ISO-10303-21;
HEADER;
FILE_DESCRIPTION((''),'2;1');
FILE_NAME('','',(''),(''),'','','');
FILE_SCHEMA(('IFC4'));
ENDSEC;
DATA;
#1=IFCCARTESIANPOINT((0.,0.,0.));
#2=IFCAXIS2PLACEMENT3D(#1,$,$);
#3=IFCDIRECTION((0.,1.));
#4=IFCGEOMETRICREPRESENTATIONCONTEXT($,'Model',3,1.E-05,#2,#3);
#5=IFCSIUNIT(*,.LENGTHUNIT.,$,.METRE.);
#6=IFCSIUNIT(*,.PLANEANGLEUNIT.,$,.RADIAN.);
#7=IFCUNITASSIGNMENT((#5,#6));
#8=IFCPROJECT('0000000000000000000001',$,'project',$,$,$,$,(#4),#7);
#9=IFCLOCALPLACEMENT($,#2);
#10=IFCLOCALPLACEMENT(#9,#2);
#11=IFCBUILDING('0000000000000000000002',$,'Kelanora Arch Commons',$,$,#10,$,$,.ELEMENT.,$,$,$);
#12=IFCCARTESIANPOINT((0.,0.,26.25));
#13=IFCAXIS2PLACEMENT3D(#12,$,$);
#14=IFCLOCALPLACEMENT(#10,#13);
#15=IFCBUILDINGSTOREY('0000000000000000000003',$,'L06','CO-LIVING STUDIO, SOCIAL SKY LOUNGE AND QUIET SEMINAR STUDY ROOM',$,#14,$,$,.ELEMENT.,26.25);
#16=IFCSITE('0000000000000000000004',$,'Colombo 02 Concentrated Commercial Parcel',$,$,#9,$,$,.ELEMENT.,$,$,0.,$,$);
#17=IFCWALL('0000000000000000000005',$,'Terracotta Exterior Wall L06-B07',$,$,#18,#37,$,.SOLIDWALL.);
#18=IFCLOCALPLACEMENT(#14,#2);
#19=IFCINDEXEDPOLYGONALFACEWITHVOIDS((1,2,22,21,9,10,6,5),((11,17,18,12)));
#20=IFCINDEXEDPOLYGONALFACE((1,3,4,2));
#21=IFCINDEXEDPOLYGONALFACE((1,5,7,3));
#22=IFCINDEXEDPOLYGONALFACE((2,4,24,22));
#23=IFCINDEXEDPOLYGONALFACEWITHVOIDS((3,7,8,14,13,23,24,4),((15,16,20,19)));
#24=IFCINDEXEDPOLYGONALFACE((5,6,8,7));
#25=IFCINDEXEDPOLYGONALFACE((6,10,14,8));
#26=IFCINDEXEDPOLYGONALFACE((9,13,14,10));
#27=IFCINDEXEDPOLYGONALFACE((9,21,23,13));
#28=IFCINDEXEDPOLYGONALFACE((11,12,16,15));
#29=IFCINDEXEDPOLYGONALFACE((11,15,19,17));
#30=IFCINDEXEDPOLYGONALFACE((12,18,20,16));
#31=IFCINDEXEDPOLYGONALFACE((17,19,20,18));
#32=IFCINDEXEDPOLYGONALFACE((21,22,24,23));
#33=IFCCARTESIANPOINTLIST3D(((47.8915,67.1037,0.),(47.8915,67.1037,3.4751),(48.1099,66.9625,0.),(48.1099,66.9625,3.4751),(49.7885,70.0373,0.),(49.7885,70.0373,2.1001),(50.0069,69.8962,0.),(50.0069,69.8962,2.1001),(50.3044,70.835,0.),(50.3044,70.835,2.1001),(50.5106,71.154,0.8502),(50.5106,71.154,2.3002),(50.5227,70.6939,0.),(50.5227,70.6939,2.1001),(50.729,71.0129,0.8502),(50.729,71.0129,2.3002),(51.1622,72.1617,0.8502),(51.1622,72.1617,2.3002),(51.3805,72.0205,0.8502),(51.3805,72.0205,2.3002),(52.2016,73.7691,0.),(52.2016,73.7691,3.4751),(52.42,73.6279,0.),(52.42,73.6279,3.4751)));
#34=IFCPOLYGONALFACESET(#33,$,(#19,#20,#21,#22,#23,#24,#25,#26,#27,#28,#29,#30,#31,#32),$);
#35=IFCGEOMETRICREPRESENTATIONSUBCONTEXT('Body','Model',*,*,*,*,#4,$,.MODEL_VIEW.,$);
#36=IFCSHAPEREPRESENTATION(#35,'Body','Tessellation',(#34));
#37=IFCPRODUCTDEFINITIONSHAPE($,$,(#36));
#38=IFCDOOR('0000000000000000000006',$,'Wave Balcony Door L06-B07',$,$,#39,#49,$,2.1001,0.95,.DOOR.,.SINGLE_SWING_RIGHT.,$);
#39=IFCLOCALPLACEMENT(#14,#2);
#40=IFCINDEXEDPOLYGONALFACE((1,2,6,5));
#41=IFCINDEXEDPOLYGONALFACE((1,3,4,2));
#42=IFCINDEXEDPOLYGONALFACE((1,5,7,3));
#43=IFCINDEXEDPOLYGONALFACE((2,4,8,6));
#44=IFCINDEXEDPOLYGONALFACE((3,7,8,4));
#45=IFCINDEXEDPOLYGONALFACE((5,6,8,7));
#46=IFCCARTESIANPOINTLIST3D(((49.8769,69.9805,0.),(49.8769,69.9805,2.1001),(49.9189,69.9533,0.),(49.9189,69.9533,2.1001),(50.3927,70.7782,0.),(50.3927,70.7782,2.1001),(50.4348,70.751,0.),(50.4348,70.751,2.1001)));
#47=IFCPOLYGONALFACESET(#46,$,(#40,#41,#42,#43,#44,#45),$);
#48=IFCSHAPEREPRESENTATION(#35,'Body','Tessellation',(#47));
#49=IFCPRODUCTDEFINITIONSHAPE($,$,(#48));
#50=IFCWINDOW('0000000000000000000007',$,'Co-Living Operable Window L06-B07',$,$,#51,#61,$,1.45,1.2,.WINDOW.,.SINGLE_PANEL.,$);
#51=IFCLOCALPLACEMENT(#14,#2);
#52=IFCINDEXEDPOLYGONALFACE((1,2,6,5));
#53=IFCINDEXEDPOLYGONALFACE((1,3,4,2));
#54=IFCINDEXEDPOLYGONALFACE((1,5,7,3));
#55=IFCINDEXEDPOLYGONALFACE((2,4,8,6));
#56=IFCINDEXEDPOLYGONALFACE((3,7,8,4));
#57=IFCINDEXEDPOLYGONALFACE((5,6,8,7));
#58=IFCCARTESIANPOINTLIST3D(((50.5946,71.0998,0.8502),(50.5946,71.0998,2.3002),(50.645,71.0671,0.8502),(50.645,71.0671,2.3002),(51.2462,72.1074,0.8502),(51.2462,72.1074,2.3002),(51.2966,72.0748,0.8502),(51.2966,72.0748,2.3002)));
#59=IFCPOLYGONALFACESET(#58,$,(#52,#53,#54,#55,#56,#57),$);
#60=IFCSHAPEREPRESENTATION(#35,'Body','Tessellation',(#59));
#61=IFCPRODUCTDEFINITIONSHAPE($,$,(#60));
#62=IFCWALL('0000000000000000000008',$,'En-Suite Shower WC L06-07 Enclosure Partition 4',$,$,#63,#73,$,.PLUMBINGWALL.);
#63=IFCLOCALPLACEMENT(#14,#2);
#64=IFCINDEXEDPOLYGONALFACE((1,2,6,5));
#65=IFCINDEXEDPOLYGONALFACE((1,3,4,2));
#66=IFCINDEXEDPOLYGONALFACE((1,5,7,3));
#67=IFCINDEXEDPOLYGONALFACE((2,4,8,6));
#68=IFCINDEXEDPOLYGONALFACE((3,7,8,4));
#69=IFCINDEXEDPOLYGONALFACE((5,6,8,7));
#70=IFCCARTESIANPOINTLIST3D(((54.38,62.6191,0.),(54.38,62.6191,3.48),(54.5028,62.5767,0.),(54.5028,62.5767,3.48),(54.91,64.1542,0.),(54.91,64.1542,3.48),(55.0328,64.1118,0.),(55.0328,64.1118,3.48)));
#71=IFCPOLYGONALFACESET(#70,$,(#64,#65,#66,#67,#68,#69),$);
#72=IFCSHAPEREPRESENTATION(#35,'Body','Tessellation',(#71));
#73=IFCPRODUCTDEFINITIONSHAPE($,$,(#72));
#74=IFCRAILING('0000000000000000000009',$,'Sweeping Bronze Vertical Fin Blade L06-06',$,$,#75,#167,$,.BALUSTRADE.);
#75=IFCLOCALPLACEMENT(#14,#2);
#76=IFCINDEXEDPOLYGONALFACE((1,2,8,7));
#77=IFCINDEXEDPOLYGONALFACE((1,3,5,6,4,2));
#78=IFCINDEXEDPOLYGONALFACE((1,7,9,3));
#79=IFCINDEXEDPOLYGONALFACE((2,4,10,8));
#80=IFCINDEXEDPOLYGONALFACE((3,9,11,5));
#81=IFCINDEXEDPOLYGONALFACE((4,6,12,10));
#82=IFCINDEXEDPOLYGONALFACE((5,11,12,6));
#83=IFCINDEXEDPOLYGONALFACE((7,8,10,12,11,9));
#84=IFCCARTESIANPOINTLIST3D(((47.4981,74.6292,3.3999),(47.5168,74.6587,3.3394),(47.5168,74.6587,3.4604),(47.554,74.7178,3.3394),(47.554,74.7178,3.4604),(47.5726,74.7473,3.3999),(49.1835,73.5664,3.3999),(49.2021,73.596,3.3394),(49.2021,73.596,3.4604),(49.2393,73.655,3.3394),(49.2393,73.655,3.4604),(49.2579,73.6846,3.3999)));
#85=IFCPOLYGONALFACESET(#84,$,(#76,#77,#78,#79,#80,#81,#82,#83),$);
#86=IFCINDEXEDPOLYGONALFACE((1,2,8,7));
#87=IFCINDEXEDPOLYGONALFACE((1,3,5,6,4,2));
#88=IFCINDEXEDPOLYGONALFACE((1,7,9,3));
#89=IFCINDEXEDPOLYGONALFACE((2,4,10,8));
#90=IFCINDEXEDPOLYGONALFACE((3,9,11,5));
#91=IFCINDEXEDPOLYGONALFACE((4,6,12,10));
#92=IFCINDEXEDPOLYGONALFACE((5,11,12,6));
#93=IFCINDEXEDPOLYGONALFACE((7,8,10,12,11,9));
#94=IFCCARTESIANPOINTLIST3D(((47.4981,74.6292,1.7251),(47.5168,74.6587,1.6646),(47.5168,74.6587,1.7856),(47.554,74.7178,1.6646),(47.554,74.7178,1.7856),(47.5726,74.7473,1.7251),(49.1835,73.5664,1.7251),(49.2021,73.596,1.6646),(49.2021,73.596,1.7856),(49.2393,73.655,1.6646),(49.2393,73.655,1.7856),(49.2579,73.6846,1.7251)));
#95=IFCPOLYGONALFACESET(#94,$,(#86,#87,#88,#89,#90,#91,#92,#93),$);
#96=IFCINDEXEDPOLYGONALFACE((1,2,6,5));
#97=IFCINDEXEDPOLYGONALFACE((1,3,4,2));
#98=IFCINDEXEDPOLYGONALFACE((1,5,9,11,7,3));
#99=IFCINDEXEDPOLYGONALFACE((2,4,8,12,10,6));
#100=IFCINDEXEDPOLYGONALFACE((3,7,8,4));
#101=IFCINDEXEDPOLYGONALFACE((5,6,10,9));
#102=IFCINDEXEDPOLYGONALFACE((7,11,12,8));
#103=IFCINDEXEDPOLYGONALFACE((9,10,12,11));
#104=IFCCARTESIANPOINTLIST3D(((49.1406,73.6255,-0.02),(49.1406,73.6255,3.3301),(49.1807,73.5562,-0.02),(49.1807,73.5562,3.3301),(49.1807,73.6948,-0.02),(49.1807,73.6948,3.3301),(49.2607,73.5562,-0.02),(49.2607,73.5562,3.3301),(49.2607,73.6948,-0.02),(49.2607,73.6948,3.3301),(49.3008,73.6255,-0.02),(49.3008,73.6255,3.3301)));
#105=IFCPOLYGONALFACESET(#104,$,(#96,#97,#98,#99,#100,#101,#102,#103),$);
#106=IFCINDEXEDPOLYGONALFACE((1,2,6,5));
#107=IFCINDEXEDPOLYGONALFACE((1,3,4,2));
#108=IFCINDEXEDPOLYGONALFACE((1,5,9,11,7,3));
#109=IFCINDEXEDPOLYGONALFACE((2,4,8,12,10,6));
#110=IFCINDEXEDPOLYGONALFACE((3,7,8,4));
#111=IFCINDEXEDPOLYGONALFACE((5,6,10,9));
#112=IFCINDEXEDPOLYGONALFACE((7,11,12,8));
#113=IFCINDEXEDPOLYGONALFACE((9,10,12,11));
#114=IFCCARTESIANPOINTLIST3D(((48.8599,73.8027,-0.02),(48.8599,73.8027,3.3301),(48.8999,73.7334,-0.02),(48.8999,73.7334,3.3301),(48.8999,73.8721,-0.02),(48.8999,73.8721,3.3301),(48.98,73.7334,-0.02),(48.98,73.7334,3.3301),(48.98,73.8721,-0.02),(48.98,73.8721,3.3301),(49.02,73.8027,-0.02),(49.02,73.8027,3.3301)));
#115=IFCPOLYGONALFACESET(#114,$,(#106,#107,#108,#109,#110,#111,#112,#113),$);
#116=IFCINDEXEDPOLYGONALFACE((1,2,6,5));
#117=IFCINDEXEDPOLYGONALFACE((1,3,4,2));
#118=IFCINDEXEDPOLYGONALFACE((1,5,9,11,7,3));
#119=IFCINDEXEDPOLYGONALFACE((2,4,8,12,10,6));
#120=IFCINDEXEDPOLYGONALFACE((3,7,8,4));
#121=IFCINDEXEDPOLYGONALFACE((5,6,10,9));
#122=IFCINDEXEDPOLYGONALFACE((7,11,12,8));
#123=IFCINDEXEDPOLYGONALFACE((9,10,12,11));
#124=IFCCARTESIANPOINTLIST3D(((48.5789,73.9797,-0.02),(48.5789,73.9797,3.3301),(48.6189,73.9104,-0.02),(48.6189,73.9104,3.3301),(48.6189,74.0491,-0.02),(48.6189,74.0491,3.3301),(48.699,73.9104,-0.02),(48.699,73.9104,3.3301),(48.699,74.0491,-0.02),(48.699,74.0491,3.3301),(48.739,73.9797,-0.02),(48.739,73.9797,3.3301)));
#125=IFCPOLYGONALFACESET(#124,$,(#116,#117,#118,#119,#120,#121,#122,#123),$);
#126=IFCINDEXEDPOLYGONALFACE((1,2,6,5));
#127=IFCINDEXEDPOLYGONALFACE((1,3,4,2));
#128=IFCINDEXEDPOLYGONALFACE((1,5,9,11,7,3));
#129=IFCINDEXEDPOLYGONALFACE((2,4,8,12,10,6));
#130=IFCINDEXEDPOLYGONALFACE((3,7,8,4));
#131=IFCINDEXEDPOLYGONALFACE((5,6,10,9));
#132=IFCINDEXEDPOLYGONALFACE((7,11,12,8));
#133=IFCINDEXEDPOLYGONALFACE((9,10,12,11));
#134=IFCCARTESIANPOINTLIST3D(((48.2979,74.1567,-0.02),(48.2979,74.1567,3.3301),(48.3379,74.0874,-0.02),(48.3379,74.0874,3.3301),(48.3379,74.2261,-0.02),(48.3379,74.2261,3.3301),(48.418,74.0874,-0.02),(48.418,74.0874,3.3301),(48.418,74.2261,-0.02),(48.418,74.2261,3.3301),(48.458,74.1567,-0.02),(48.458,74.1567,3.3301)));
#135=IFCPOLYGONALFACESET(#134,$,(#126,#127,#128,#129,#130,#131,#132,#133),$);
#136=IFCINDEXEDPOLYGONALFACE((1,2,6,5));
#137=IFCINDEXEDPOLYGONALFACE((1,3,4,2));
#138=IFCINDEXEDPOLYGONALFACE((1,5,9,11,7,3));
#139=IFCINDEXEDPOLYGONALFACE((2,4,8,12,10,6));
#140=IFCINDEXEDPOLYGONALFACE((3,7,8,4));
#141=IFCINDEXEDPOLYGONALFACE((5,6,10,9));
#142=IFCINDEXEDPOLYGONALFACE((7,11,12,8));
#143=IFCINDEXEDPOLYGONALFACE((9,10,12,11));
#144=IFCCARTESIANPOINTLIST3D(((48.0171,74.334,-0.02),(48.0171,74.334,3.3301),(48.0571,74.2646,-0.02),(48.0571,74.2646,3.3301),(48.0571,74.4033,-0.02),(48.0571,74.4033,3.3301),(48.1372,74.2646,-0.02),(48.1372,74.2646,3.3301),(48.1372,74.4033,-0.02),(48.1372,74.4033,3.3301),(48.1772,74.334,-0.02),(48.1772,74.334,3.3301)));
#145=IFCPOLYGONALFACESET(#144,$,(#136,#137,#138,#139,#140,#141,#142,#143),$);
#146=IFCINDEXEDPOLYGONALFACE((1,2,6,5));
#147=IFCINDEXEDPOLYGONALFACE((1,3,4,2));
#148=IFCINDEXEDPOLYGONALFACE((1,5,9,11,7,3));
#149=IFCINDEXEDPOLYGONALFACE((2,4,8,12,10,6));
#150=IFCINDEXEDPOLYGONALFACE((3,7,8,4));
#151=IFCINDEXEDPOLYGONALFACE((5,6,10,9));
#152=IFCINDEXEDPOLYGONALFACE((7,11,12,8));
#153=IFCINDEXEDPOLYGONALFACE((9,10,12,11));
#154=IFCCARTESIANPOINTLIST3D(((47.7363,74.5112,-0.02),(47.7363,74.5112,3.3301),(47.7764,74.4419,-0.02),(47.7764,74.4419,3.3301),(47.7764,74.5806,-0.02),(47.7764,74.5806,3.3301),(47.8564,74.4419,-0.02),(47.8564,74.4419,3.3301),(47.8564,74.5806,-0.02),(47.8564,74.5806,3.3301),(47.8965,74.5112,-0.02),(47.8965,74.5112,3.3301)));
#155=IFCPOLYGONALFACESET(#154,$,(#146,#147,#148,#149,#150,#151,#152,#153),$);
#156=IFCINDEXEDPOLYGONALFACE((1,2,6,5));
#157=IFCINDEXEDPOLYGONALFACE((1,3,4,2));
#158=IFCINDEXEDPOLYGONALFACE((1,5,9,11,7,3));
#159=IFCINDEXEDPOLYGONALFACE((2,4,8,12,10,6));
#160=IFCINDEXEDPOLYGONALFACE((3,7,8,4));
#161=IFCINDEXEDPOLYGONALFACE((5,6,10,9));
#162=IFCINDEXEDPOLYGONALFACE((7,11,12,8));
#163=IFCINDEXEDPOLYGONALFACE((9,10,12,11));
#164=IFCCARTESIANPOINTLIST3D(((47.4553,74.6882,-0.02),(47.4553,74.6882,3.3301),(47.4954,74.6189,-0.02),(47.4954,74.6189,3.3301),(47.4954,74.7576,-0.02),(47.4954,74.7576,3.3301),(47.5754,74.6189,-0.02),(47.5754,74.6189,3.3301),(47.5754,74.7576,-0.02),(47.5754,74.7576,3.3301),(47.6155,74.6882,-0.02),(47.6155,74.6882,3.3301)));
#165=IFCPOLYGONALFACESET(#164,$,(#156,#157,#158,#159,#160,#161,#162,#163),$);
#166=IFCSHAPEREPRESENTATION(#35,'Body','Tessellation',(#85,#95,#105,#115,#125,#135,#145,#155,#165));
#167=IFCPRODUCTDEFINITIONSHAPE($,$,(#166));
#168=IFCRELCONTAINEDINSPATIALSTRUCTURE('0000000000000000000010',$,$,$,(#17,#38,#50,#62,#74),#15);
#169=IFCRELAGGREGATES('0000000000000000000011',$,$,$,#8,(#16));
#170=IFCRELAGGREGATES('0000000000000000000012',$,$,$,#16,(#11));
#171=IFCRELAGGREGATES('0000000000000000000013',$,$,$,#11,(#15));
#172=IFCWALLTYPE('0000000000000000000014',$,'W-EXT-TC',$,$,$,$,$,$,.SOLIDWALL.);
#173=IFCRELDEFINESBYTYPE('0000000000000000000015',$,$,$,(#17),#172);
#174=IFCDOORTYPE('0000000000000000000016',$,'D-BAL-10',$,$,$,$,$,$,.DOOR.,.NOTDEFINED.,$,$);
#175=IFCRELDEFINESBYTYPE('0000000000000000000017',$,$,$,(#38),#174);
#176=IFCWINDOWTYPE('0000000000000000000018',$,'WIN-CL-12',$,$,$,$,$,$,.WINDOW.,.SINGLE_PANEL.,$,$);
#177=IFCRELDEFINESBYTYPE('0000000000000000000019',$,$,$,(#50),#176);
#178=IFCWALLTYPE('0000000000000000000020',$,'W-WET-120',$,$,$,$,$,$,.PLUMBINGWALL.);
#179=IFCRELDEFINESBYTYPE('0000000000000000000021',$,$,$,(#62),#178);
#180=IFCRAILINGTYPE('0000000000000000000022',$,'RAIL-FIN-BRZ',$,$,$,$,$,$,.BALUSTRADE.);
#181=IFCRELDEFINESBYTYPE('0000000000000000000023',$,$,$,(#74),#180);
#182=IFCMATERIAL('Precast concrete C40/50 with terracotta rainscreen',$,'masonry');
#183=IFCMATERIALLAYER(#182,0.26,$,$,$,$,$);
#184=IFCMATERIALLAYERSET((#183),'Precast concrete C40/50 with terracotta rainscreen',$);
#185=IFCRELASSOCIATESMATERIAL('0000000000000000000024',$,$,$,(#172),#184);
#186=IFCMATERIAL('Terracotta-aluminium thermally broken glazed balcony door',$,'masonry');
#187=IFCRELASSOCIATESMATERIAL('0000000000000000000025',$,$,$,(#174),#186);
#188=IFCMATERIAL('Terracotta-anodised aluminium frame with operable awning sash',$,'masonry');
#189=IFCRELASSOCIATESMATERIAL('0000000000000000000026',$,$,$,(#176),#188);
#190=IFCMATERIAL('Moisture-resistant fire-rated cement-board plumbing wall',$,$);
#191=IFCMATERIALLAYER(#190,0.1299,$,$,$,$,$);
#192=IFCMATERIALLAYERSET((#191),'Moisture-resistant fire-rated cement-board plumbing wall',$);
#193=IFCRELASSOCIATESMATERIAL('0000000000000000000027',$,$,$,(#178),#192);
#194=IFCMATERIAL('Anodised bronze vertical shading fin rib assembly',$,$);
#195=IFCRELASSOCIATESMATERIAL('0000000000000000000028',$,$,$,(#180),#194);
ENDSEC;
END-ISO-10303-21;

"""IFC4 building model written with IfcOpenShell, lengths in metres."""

from ifc_helpers import new_model, si_unit, direction, frame, frame_2d, origin, place, context, subcontext, project, spatial, polyline, rectangle, outline, extrude, material, layer, layer_set, type_object, element, fill, save


model = new_model("IFC4")

# Units and contexts
model_context = context("Model", 3, precision=1e-05, world=origin(), true_north=direction((0.0, 1.0)))
body_context = subcontext(model_context, "Body", "Model", "MODEL_VIEW")
ifc_project = project(units=[si_unit("LENGTHUNIT", "METRE"), si_unit("PLANEANGLEUNIT", "RADIAN")], contexts=[model_context])

# Site, building, storey
site_placement = place(None, origin())
site = spatial("IfcSite", under=ifc_project, at=site_placement, Name="Colombo 02 Concentrated Commercial Parcel", CompositionType="ELEMENT", RefElevation=0.0)
building_placement = place(site_placement, origin())
building = spatial("IfcBuilding", under=site, at=building_placement, Name="Kelanora Arch Commons", CompositionType="ELEMENT")
storey_placement = place(building_placement, frame((0.0, 0.0, 26.25)))
storey = spatial("IfcBuildingStorey", under=building, at=storey_placement, Name="L06", Description="CO-LIVING STUDIO, SOCIAL SKY LOUNGE AND QUIET SEMINAR STUDY ROOM", CompositionType="ELEMENT", Elevation=26.25)

# Wall, openings, door, window
ifc_material_1 = material(Name="Precast concrete C40/50 with terracotta rainscreen", Category="masonry")
ifc_layer_1 = layer(ifc_material_1, 0.26)
ifc_layer_set_1 = layer_set([ifc_layer_1], Name="Precast concrete C40/50 with terracotta rainscreen")
wall_type_1 = type_object("IfcWallType", Name="W-EXT-TC", PredefinedType="SOLIDWALL", material=ifc_layer_set_1)
wall_1_placement = place(storey_placement, frame((52.3108, 73.6985, 0.0), z_axis=(0.0, 0.0, 1.0), x_axis=(-0.543005, -0.839729, 0.0)))
wall_1 = element("IfcWall", 1, at=wall_1_placement, inside=storey, type_object=wall_type_1, Name="Terracotta Exterior Wall L06-B07", PredefinedType="SOLIDWALL", context=body_context, shape_type="SweptSolid", body=[
    extrude(rectangle(XDim=7.9375, YDim=0.26, at=frame_2d((3.9688, 0.0))), origin(), (0.0, 0.0, 1.0), 3.4751),
])
opening_1_placement = place(wall_1_placement, frame((3.4939, 0.0, 0.0)))
opening_1 = element("IfcOpeningElement", 2, at=opening_1_placement, cuts=wall_1, PredefinedType="OPENING", context=body_context, shape_type="SweptSolid", body=[
    extrude(rectangle(XDim=0.95, YDim=2.1001, at=frame_2d((0.4751, 1.05))), frame((0.0, 0.1401, 0.0), z_axis=(0.0, -1.0, 0.0), x_axis=(1.0, 0.0, 0.0)), (0.0, 0.0, 1.0), 0.28),
])
opening_2_placement = place(wall_1_placement, frame((1.9141, 0.0, 0.8501)))
opening_2 = element("IfcOpeningElement", 3, at=opening_2_placement, cuts=wall_1, PredefinedType="OPENING", context=body_context, shape_type="SweptSolid", body=[
    extrude(rectangle(XDim=1.2, YDim=1.45, at=frame_2d((0.6001, 0.7251))), frame((0.0, 0.1401, 0.0), z_axis=(0.0, -1.0, 0.0), x_axis=(1.0, 0.0, 0.0)), (0.0, 0.0, 1.0), 0.28),
])
ifc_material_2 = material(Name="Terracotta-aluminium thermally broken glazed balcony door", Category="masonry")
door_type = type_object("IfcDoorType", Name="D-BAL-10", OperationType="NOTDEFINED", PredefinedType="DOOR", material=ifc_material_2)
door_placement = place(opening_1_placement, frame((0.95, 0.0, 0.0), z_axis=(0.0, 0.0, 1.0), x_axis=(-1.0, 0.0, 0.0)))
door = element("IfcDoor", 4, at=door_placement, inside=storey, type_object=door_type, Name="Wave Balcony Door L06-B07", OperationType="SINGLE_SWING_RIGHT", OverallHeight=2.1001, OverallWidth=0.95, PredefinedType="DOOR", context=body_context, shape_type="SweptSolid", body=[
    extrude(rectangle(XDim=0.95, YDim=2.1001, at=frame_2d((0.4751, 1.05))), frame((0.0, 0.0249, 0.0), z_axis=(0.0, -1.0, 0.0), x_axis=(1.0, 0.0, 0.0)), (0.0, 0.0, 1.0), 0.05),
])
fill(opening_1, door)
ifc_material_3 = material(Name="Terracotta-anodised aluminium frame with operable awning sash", Category="masonry")
window_type = type_object("IfcWindowType", Name="WIN-CL-12", PartitioningType="SINGLE_PANEL", PredefinedType="WINDOW", material=ifc_material_3)
window_placement = place(opening_2_placement, origin())
window = element("IfcWindow", 5, at=window_placement, inside=storey, type_object=window_type, Name="Co-Living Operable Window L06-B07", OverallHeight=1.45, OverallWidth=1.2, PartitioningType="SINGLE_PANEL", PredefinedType="WINDOW", context=body_context, shape_type="SweptSolid", body=[
    extrude(rectangle(XDim=1.2, YDim=1.45, at=frame_2d((0.6001, 0.7251))), frame((0.0, 0.03, 0.0), z_axis=(0.0, -1.0, 0.0), x_axis=(1.0, 0.0, 0.0)), (0.0, 0.0, 1.0), 0.0601),
])
fill(opening_2, window)

# Wall
ifc_material_4 = material(Name="Moisture-resistant fire-rated cement-board plumbing wall")
ifc_layer_2 = layer(ifc_material_4, 0.1299)
ifc_layer_set_2 = layer_set([ifc_layer_2], Name="Moisture-resistant fire-rated cement-board plumbing wall")
wall_type_2 = type_object("IfcWallType", Name="W-WET-120", PredefinedType="PLUMBINGWALL", material=ifc_layer_set_2)
wall_2_placement = place(storey_placement, frame((54.4414, 62.5979, 0.0), z_axis=(0.0, 0.0, 1.0), x_axis=(0.326357, 0.945247, 0.0)))
element("IfcWall", 6, at=wall_2_placement, inside=storey, type_object=wall_type_2, Name="En-Suite Shower WC L06-07 Enclosure Partition 4", PredefinedType="PLUMBINGWALL", context=body_context, shape_type="SweptSolid", body=[
    extrude(rectangle(XDim=1.624, YDim=0.1299, at=frame_2d((0.812, 0.0))), origin(), (0.0, 0.0, 1.0), 3.48),
])

# Railing
ifc_material_5 = material(Name="Anodised bronze vertical shading fin rib assembly")
railing_type = type_object("IfcRailingType", Name="RAIL-FIN-BRZ", PredefinedType="BALUSTRADE", material=ifc_material_5)
railing_1_placement = place(storey_placement, frame((49.2207, 73.6255, -0.02)))
element("IfcRailing", 7, at=railing_1_placement, inside=storey, type_object=railing_type, Name="Sweeping Bronze Vertical Fin Blade L06-06", PredefinedType="BALUSTRADE", context=body_context, shape_type="SweptSolid", body=[
    extrude(outline(polyline([(0.0698, 0.0), (0.0349, 0.0605), (-0.0349, 0.0605), (-0.0698, 0.0), (-0.0349, -0.0605), (0.0349, -0.0605), (0.0698, 0.0)])), frame((0.0, 0.0, 3.4199), z_axis=(-0.845864, 0.533398, 0.0), x_axis=(-0.533398, -0.845864, 0.0)), (0.0, 0.0, 1.0), 1.9924),
    extrude(outline(polyline([(0.0698, 0.0), (0.0349, 0.0605), (-0.0349, 0.0605), (-0.0698, 0.0), (-0.0349, -0.0605), (0.0349, -0.0605), (0.0698, 0.0)])), frame((0.0, 0.0, 1.7451), z_axis=(-0.845864, 0.533398, 0.0), x_axis=(-0.533398, -0.845864, 0.0)), (0.0, 0.0, 1.0), 1.9924),
    extrude(outline(polyline([(0.0801, 0.0), (0.04, 0.0693), (-0.04, 0.0693), (-0.0801, 0.0), (-0.04, -0.0693), (0.04, -0.0693), (0.0801, 0.0)])), origin(), (0.0, 0.0, 1.0), 3.3501),
    extrude(outline(polyline([(0.0801, 0.0), (0.04, 0.0693), (-0.04, 0.0693), (-0.0801, 0.0), (-0.04, -0.0693), (0.04, -0.0693), (0.0801, 0.0)])), frame((-0.2808, 0.1772, 0.0)), (0.0, 0.0, 1.0), 3.3501),
    extrude(outline(polyline([(0.0801, 0.0), (0.04, 0.0693), (-0.04, 0.0693), (-0.0801, 0.0), (-0.04, -0.0693), (0.04, -0.0693), (0.0801, 0.0)])), frame((-0.5618, 0.3542, 0.0)), (0.0, 0.0, 1.0), 3.3501),
    extrude(outline(polyline([(0.0801, 0.0), (0.04, 0.0693), (-0.04, 0.0693), (-0.0801, 0.0), (-0.04, -0.0693), (0.04, -0.0693), (0.0801, 0.0)])), frame((-0.8428, 0.5312, 0.0)), (0.0, 0.0, 1.0), 3.3501),
    extrude(outline(polyline([(0.0801, 0.0), (0.04, 0.0693), (-0.04, 0.0693), (-0.0801, 0.0), (-0.04, -0.0693), (0.04, -0.0693), (0.0801, 0.0)])), frame((-1.1235, 0.7085, 0.0)), (0.0, 0.0, 1.0), 3.3501),
    extrude(outline(polyline([(0.0801, 0.0), (0.04, 0.0693), (-0.04, 0.0693), (-0.0801, 0.0), (-0.04, -0.0693), (0.04, -0.0693), (0.0801, 0.0)])), frame((-1.4043, 0.8857, 0.0)), (0.0, 0.0, 1.0), 3.3501),
    extrude(outline(polyline([(0.0801, 0.0), (0.04, 0.0693), (-0.04, 0.0693), (-0.0801, 0.0), (-0.04, -0.0693), (0.04, -0.0693), (0.0801, 0.0)])), frame((-1.6853, 1.0627, 0.0)), (0.0, 0.0, 1.0), 3.3501),
])

save(model, "model.ifc")
